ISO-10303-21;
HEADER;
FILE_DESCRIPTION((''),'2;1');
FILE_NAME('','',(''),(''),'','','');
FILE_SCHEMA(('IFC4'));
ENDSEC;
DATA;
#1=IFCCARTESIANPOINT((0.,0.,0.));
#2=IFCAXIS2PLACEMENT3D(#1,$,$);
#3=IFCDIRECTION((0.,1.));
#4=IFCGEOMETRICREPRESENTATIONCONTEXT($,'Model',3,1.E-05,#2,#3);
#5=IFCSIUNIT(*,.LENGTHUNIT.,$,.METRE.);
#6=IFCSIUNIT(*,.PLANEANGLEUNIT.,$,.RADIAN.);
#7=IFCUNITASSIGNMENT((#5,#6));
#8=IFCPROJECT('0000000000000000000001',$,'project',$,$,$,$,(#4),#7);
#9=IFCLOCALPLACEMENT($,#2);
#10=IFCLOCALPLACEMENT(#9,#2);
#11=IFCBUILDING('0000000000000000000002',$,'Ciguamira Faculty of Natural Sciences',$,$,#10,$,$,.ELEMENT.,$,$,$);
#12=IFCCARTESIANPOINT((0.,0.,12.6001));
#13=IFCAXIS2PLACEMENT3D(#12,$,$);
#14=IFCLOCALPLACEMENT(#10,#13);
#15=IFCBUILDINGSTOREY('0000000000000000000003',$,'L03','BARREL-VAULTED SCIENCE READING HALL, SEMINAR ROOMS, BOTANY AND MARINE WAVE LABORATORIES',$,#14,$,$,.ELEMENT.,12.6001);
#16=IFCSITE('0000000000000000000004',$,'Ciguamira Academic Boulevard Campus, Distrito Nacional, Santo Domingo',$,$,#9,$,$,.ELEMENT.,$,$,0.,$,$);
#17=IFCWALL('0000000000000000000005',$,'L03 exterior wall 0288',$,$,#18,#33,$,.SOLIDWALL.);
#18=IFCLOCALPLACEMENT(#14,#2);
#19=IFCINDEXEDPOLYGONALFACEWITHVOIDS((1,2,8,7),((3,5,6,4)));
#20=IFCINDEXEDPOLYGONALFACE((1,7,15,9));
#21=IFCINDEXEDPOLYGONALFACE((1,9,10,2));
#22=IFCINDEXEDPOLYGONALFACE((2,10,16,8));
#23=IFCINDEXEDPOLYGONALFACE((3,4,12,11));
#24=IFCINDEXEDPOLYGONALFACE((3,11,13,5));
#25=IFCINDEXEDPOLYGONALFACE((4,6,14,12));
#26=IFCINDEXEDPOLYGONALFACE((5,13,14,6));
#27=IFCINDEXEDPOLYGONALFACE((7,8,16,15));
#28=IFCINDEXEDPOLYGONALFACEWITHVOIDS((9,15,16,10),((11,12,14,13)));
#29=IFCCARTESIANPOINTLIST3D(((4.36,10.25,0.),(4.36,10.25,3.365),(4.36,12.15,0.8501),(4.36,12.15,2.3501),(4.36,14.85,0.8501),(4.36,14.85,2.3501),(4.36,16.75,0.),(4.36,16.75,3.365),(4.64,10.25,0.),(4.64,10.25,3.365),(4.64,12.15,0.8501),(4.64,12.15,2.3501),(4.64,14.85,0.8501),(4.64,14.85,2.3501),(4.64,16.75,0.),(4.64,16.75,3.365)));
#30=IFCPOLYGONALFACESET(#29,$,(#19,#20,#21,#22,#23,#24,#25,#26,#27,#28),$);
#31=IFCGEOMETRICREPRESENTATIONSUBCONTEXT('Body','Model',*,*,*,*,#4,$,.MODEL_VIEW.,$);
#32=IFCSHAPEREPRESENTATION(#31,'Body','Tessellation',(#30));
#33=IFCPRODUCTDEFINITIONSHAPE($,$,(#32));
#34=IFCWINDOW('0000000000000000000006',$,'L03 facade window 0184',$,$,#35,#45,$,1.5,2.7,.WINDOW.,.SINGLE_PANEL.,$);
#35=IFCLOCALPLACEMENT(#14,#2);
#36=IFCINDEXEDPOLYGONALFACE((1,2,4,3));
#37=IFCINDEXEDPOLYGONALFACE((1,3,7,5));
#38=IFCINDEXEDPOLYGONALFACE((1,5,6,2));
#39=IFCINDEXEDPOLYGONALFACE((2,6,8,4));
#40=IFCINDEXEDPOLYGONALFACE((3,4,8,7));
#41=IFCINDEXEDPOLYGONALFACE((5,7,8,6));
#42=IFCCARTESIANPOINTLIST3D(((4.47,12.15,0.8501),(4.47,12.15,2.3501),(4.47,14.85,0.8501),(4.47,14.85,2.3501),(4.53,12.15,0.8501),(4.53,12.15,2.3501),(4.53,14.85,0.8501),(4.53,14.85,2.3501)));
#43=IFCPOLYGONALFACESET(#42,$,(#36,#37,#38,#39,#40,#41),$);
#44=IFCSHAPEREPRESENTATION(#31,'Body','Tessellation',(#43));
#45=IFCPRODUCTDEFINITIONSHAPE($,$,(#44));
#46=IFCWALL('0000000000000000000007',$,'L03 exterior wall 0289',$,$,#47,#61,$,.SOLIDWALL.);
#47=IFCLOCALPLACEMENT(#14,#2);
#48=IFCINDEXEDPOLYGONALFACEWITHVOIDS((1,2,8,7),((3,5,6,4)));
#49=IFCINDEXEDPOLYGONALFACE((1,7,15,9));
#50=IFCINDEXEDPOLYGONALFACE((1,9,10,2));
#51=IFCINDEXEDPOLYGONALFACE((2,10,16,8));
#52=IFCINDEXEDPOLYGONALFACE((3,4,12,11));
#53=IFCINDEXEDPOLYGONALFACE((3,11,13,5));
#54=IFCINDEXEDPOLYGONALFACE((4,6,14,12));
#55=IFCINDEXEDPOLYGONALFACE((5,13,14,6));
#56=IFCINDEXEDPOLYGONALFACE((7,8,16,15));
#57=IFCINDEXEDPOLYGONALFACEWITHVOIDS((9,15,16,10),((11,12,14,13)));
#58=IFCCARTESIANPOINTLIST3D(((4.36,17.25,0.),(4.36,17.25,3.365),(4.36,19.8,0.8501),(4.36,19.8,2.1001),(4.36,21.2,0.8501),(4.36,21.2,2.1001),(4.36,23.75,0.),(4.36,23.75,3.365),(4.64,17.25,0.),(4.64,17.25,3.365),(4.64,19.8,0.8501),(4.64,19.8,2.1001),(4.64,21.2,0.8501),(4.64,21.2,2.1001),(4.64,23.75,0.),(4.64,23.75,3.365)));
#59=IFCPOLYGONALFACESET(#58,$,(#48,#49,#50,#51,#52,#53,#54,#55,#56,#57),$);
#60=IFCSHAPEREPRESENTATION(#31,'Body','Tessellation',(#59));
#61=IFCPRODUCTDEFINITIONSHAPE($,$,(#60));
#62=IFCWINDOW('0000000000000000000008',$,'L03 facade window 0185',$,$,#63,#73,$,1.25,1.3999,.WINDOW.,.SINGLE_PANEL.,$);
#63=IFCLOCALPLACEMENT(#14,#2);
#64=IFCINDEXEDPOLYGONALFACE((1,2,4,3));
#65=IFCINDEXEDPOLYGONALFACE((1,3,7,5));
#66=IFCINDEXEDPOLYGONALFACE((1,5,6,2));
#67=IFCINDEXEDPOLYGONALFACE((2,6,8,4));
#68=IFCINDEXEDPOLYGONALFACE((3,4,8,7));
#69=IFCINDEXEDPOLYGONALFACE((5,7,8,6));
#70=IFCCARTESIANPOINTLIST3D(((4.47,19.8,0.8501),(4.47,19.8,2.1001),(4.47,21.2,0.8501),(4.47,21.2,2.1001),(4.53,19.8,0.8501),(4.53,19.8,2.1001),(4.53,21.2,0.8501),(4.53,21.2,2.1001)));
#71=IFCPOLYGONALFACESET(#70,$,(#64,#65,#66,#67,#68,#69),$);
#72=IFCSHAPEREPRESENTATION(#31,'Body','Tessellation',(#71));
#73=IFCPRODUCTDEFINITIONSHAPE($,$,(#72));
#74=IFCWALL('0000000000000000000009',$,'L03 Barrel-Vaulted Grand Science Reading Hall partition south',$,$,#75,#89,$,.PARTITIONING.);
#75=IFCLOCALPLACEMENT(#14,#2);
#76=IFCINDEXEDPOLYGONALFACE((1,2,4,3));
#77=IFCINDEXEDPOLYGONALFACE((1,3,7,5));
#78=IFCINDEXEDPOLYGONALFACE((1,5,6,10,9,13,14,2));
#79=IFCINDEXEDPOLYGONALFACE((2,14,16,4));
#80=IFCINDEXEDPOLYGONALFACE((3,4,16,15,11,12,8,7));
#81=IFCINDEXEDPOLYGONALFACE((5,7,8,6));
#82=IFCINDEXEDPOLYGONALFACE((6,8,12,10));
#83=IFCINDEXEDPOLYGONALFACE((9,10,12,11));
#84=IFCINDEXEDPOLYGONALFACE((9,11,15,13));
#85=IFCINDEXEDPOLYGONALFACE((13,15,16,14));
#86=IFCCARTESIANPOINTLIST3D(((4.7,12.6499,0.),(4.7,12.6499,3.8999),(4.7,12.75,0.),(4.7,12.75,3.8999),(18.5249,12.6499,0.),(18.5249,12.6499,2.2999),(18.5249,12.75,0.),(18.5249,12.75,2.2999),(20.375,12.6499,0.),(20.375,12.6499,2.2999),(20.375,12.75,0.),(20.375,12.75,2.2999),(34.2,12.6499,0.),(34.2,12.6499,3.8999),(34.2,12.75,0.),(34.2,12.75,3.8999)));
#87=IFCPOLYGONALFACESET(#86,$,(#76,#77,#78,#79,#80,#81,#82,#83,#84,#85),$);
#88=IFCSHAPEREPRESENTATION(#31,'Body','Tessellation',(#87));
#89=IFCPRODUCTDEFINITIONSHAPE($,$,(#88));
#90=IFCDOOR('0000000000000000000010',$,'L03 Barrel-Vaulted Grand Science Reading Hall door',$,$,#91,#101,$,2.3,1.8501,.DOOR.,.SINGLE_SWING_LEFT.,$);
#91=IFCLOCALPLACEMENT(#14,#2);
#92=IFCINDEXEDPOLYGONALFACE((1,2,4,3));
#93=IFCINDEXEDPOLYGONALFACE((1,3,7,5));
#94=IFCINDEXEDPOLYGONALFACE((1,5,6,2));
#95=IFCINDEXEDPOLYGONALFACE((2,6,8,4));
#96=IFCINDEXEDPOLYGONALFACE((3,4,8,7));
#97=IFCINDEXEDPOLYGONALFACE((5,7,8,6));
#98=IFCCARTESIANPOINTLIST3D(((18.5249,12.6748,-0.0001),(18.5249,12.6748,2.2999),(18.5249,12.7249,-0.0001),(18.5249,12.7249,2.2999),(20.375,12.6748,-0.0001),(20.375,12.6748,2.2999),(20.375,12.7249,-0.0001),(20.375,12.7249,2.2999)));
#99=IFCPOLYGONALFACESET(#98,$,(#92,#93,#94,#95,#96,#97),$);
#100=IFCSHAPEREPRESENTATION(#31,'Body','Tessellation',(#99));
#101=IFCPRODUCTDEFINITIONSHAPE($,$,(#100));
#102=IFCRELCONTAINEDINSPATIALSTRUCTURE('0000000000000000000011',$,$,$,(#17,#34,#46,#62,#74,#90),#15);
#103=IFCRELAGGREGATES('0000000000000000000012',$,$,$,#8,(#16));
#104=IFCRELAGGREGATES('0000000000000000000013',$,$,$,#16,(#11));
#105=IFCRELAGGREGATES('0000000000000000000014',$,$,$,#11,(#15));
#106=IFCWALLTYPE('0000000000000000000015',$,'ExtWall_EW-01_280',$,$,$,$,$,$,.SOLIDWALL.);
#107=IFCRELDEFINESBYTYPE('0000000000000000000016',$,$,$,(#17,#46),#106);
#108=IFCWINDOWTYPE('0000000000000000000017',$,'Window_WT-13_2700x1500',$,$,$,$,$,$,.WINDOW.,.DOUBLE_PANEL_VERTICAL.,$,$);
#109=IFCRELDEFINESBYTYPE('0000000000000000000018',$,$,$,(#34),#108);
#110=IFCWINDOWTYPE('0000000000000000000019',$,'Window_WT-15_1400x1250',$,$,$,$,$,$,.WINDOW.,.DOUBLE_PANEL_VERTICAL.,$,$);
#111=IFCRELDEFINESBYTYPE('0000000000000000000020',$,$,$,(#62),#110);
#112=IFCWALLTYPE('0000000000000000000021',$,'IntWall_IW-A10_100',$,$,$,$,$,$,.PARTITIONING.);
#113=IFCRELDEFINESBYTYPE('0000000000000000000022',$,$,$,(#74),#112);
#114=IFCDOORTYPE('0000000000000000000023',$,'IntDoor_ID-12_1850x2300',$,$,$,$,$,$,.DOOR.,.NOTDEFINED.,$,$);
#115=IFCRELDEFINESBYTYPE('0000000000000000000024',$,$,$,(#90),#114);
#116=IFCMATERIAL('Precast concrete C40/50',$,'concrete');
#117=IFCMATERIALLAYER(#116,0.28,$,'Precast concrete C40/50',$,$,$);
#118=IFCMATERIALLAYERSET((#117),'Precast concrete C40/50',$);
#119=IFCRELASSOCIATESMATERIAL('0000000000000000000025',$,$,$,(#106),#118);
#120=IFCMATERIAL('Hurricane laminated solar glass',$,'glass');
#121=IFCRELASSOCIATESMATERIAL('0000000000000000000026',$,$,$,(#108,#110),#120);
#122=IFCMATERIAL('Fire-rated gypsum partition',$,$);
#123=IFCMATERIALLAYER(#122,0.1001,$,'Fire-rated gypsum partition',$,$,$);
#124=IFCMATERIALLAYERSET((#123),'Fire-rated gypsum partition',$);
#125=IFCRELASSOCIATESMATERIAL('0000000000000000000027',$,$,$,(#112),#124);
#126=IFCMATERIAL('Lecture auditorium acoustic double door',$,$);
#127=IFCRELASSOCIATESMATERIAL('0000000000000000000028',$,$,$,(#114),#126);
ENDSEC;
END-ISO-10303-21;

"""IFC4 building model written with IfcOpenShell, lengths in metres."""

from ifc_helpers import new_model, si_unit, direction, frame, frame_2d, origin, place, context, subcontext, project, spatial, rectangle, extrude, material, layer, layer_set, type_object, element, fill, save


model = new_model("IFC4")

# Units and contexts
model_context = context("Model", 3, precision=1e-05, world=origin(), true_north=direction((0.0, 1.0)))
body_context = subcontext(model_context, "Body", "Model", "MODEL_VIEW")
ifc_project = project(units=[si_unit("LENGTHUNIT", "METRE"), si_unit("PLANEANGLEUNIT", "RADIAN")], contexts=[model_context])

# Site, building, storey
site_placement = place(None, origin())
site = spatial("IfcSite", under=ifc_project, at=site_placement, Name="Ciguamira Academic Boulevard Campus, Distrito Nacional, Santo Domingo", CompositionType="ELEMENT", RefElevation=0.0)
building_placement = place(site_placement, origin())
building = spatial("IfcBuilding", under=site, at=building_placement, Name="Ciguamira Faculty of Natural Sciences", CompositionType="ELEMENT")
storey_placement = place(building_placement, frame((0.0, 0.0, 12.6001)))
storey = spatial("IfcBuildingStorey", under=building, at=storey_placement, Name="L03", Description="BARREL-VAULTED SCIENCE READING HALL, SEMINAR ROOMS, BOTANY AND MARINE WAVE LABORATORIES", CompositionType="ELEMENT", Elevation=12.6001)

# Shared definitions
ifc_material_1 = material(Name="Precast concrete C40/50", Category="concrete")

# Walls, openings, windows
ifc_layer_1 = layer(ifc_material_1, 0.28, Name="Precast concrete C40/50")
ifc_layer_set_1 = layer_set([ifc_layer_1], Name="Precast concrete C40/50")
wall_type_1 = type_object("IfcWallType", Name="ExtWall_EW-01_280", PredefinedType="SOLIDWALL", material=ifc_layer_set_1)
wall_1_placement = place(storey_placement, frame((4.5, 10.25, 0.0), z_axis=(0.0, 0.0, 1.0), x_axis=(0.0, 1.0, 0.0)))
wall_1 = element("IfcWall", 1, at=wall_1_placement, inside=storey, type_object=wall_type_1, Name="L03 exterior wall 0288", PredefinedType="SOLIDWALL", context=body_context, shape_type="SweptSolid", body=[
    extrude(rectangle(XDim=6.5, YDim=0.28, at=frame_2d((3.25, 0.0))), origin(), (0.0, 0.0, 1.0), 3.365),
])
opening_1_placement = place(wall_1_placement, frame((1.8999, 0.0, 0.8501)))
opening_1 = element("IfcOpeningElement", 2, at=opening_1_placement, cuts=wall_1, PredefinedType="OPENING", context=body_context, shape_type="SweptSolid", body=[
    extrude(rectangle(XDim=2.7, YDim=1.5, at=frame_2d((1.3501, 0.75))), frame((0.0, 0.1499, 0.0), z_axis=(0.0, -1.0, 0.0), x_axis=(1.0, 0.0, 0.0)), (0.0, 0.0, 1.0), 0.3),
])
ifc_material_2 = material(Name="Hurricane laminated solar glass", Category="glass")
window_type_1 = type_object("IfcWindowType", Name="Window_WT-13_2700x1500", PartitioningType="DOUBLE_PANEL_VERTICAL", PredefinedType="WINDOW", material=ifc_material_2)
window_1_placement = place(opening_1_placement, origin())
window_1 = element("IfcWindow", 3, at=window_1_placement, inside=storey, type_object=window_type_1, Name="L03 facade window 0184", OverallHeight=1.5, OverallWidth=2.7, PartitioningType="SINGLE_PANEL", PredefinedType="WINDOW", context=body_context, shape_type="SweptSolid", body=[
    extrude(rectangle(XDim=2.7, YDim=1.5, at=frame_2d((1.3501, 0.75))), frame((0.0, 0.03, 0.0), z_axis=(0.0, -1.0, 0.0), x_axis=(1.0, 0.0, 0.0)), (0.0, 0.0, 1.0), 0.0601),
])
fill(opening_1, window_1)
wall_2_placement = place(storey_placement, frame((4.5, 17.25, 0.0), z_axis=(0.0, 0.0, 1.0), x_axis=(0.0, 1.0, 0.0)))
wall_2 = element("IfcWall", 4, at=wall_2_placement, inside=storey, type_object=wall_type_1, Name="L03 exterior wall 0289", PredefinedType="SOLIDWALL", context=body_context, shape_type="SweptSolid", body=[
    extrude(rectangle(XDim=6.5, YDim=0.28, at=frame_2d((3.25, 0.0))), origin(), (0.0, 0.0, 1.0), 3.365),
])
opening_2_placement = place(wall_2_placement, frame((2.55, 0.0, 0.8501)))
opening_2 = element("IfcOpeningElement", 5, at=opening_2_placement, cuts=wall_2, PredefinedType="OPENING", context=body_context, shape_type="SweptSolid", body=[
    extrude(rectangle(XDim=1.3999, YDim=1.25, at=frame_2d((0.7, 0.625))), frame((0.0, 0.1499, 0.0), z_axis=(0.0, -1.0, 0.0), x_axis=(1.0, 0.0, 0.0)), (0.0, 0.0, 1.0), 0.3),
])
window_type_2 = type_object("IfcWindowType", Name="Window_WT-15_1400x1250", PartitioningType="DOUBLE_PANEL_VERTICAL", PredefinedType="WINDOW", material=ifc_material_2)
window_2_placement = place(opening_2_placement, origin())
window_2 = element("IfcWindow", 6, at=window_2_placement, inside=storey, type_object=window_type_2, Name="L03 facade window 0185", OverallHeight=1.25, OverallWidth=1.3999, PartitioningType="SINGLE_PANEL", PredefinedType="WINDOW", context=body_context, shape_type="SweptSolid", body=[
    extrude(rectangle(XDim=1.3999, YDim=1.25, at=frame_2d((0.7, 0.625))), frame((0.0, 0.03, 0.0), z_axis=(0.0, -1.0, 0.0), x_axis=(1.0, 0.0, 0.0)), (0.0, 0.0, 1.0), 0.0601),
])
fill(opening_2, window_2)

# Wall, opening, door
ifc_material_3 = material(Name="Fire-rated gypsum partition")
ifc_layer_2 = layer(ifc_material_3, 0.1001, Name="Fire-rated gypsum partition")
ifc_layer_set_2 = layer_set([ifc_layer_2], Name="Fire-rated gypsum partition")
wall_type_2 = type_object("IfcWallType", Name="IntWall_IW-A10_100", PredefinedType="PARTITIONING", material=ifc_layer_set_2)
wall_3_placement = place(storey_placement, frame((4.7, 12.7, 0.0), z_axis=(0.0, 0.0, 1.0), x_axis=(1.0, 0.0, 0.0)))
wall_3 = element("IfcWall", 7, at=wall_3_placement, inside=storey, type_object=wall_type_2, Name="L03 Barrel-Vaulted Grand Science Reading Hall partition south", PredefinedType="PARTITIONING", context=body_context, shape_type="SweptSolid", body=[
    extrude(rectangle(XDim=29.5, YDim=0.1001, at=frame_2d((14.75, 0.0))), origin(), (0.0, 0.0, 1.0), 3.8999),
])
opening_3_placement = place(wall_3_placement, frame((13.825, 0.0, 0.0)))
opening_3 = element("IfcOpeningElement", 8, at=opening_3_placement, cuts=wall_3, PredefinedType="OPENING", context=body_context, shape_type="SweptSolid", body=[
    extrude(rectangle(XDim=1.8501, YDim=2.3, at=frame_2d((0.925, 1.1499))), frame((0.0, 0.0601, 0.0), z_axis=(0.0, -1.0, 0.0), x_axis=(1.0, 0.0, 0.0)), (0.0, 0.0, 1.0), 0.1201),
])
ifc_material_4 = material(Name="Lecture auditorium acoustic double door")
door_type = type_object("IfcDoorType", Name="IntDoor_ID-12_1850x2300", OperationType="NOTDEFINED", PredefinedType="DOOR", material=ifc_material_4)
door_placement = place(opening_3_placement, origin())
door = element("IfcDoor", 9, at=door_placement, inside=storey, type_object=door_type, Name="L03 Barrel-Vaulted Grand Science Reading Hall door", OperationType="SINGLE_SWING_LEFT", OverallHeight=2.3, OverallWidth=1.8501, PredefinedType="DOOR", context=body_context, shape_type="SweptSolid", body=[
    extrude(rectangle(XDim=1.8501, YDim=2.3, at=frame_2d((0.925, 1.1499))), frame((0.0, 0.0249, 0.0), z_axis=(0.0, -1.0, 0.0), x_axis=(1.0, 0.0, 0.0)), (0.0, 0.0, 1.0), 0.05),
])
fill(opening_3, door)

save(model, "model.ifc")
